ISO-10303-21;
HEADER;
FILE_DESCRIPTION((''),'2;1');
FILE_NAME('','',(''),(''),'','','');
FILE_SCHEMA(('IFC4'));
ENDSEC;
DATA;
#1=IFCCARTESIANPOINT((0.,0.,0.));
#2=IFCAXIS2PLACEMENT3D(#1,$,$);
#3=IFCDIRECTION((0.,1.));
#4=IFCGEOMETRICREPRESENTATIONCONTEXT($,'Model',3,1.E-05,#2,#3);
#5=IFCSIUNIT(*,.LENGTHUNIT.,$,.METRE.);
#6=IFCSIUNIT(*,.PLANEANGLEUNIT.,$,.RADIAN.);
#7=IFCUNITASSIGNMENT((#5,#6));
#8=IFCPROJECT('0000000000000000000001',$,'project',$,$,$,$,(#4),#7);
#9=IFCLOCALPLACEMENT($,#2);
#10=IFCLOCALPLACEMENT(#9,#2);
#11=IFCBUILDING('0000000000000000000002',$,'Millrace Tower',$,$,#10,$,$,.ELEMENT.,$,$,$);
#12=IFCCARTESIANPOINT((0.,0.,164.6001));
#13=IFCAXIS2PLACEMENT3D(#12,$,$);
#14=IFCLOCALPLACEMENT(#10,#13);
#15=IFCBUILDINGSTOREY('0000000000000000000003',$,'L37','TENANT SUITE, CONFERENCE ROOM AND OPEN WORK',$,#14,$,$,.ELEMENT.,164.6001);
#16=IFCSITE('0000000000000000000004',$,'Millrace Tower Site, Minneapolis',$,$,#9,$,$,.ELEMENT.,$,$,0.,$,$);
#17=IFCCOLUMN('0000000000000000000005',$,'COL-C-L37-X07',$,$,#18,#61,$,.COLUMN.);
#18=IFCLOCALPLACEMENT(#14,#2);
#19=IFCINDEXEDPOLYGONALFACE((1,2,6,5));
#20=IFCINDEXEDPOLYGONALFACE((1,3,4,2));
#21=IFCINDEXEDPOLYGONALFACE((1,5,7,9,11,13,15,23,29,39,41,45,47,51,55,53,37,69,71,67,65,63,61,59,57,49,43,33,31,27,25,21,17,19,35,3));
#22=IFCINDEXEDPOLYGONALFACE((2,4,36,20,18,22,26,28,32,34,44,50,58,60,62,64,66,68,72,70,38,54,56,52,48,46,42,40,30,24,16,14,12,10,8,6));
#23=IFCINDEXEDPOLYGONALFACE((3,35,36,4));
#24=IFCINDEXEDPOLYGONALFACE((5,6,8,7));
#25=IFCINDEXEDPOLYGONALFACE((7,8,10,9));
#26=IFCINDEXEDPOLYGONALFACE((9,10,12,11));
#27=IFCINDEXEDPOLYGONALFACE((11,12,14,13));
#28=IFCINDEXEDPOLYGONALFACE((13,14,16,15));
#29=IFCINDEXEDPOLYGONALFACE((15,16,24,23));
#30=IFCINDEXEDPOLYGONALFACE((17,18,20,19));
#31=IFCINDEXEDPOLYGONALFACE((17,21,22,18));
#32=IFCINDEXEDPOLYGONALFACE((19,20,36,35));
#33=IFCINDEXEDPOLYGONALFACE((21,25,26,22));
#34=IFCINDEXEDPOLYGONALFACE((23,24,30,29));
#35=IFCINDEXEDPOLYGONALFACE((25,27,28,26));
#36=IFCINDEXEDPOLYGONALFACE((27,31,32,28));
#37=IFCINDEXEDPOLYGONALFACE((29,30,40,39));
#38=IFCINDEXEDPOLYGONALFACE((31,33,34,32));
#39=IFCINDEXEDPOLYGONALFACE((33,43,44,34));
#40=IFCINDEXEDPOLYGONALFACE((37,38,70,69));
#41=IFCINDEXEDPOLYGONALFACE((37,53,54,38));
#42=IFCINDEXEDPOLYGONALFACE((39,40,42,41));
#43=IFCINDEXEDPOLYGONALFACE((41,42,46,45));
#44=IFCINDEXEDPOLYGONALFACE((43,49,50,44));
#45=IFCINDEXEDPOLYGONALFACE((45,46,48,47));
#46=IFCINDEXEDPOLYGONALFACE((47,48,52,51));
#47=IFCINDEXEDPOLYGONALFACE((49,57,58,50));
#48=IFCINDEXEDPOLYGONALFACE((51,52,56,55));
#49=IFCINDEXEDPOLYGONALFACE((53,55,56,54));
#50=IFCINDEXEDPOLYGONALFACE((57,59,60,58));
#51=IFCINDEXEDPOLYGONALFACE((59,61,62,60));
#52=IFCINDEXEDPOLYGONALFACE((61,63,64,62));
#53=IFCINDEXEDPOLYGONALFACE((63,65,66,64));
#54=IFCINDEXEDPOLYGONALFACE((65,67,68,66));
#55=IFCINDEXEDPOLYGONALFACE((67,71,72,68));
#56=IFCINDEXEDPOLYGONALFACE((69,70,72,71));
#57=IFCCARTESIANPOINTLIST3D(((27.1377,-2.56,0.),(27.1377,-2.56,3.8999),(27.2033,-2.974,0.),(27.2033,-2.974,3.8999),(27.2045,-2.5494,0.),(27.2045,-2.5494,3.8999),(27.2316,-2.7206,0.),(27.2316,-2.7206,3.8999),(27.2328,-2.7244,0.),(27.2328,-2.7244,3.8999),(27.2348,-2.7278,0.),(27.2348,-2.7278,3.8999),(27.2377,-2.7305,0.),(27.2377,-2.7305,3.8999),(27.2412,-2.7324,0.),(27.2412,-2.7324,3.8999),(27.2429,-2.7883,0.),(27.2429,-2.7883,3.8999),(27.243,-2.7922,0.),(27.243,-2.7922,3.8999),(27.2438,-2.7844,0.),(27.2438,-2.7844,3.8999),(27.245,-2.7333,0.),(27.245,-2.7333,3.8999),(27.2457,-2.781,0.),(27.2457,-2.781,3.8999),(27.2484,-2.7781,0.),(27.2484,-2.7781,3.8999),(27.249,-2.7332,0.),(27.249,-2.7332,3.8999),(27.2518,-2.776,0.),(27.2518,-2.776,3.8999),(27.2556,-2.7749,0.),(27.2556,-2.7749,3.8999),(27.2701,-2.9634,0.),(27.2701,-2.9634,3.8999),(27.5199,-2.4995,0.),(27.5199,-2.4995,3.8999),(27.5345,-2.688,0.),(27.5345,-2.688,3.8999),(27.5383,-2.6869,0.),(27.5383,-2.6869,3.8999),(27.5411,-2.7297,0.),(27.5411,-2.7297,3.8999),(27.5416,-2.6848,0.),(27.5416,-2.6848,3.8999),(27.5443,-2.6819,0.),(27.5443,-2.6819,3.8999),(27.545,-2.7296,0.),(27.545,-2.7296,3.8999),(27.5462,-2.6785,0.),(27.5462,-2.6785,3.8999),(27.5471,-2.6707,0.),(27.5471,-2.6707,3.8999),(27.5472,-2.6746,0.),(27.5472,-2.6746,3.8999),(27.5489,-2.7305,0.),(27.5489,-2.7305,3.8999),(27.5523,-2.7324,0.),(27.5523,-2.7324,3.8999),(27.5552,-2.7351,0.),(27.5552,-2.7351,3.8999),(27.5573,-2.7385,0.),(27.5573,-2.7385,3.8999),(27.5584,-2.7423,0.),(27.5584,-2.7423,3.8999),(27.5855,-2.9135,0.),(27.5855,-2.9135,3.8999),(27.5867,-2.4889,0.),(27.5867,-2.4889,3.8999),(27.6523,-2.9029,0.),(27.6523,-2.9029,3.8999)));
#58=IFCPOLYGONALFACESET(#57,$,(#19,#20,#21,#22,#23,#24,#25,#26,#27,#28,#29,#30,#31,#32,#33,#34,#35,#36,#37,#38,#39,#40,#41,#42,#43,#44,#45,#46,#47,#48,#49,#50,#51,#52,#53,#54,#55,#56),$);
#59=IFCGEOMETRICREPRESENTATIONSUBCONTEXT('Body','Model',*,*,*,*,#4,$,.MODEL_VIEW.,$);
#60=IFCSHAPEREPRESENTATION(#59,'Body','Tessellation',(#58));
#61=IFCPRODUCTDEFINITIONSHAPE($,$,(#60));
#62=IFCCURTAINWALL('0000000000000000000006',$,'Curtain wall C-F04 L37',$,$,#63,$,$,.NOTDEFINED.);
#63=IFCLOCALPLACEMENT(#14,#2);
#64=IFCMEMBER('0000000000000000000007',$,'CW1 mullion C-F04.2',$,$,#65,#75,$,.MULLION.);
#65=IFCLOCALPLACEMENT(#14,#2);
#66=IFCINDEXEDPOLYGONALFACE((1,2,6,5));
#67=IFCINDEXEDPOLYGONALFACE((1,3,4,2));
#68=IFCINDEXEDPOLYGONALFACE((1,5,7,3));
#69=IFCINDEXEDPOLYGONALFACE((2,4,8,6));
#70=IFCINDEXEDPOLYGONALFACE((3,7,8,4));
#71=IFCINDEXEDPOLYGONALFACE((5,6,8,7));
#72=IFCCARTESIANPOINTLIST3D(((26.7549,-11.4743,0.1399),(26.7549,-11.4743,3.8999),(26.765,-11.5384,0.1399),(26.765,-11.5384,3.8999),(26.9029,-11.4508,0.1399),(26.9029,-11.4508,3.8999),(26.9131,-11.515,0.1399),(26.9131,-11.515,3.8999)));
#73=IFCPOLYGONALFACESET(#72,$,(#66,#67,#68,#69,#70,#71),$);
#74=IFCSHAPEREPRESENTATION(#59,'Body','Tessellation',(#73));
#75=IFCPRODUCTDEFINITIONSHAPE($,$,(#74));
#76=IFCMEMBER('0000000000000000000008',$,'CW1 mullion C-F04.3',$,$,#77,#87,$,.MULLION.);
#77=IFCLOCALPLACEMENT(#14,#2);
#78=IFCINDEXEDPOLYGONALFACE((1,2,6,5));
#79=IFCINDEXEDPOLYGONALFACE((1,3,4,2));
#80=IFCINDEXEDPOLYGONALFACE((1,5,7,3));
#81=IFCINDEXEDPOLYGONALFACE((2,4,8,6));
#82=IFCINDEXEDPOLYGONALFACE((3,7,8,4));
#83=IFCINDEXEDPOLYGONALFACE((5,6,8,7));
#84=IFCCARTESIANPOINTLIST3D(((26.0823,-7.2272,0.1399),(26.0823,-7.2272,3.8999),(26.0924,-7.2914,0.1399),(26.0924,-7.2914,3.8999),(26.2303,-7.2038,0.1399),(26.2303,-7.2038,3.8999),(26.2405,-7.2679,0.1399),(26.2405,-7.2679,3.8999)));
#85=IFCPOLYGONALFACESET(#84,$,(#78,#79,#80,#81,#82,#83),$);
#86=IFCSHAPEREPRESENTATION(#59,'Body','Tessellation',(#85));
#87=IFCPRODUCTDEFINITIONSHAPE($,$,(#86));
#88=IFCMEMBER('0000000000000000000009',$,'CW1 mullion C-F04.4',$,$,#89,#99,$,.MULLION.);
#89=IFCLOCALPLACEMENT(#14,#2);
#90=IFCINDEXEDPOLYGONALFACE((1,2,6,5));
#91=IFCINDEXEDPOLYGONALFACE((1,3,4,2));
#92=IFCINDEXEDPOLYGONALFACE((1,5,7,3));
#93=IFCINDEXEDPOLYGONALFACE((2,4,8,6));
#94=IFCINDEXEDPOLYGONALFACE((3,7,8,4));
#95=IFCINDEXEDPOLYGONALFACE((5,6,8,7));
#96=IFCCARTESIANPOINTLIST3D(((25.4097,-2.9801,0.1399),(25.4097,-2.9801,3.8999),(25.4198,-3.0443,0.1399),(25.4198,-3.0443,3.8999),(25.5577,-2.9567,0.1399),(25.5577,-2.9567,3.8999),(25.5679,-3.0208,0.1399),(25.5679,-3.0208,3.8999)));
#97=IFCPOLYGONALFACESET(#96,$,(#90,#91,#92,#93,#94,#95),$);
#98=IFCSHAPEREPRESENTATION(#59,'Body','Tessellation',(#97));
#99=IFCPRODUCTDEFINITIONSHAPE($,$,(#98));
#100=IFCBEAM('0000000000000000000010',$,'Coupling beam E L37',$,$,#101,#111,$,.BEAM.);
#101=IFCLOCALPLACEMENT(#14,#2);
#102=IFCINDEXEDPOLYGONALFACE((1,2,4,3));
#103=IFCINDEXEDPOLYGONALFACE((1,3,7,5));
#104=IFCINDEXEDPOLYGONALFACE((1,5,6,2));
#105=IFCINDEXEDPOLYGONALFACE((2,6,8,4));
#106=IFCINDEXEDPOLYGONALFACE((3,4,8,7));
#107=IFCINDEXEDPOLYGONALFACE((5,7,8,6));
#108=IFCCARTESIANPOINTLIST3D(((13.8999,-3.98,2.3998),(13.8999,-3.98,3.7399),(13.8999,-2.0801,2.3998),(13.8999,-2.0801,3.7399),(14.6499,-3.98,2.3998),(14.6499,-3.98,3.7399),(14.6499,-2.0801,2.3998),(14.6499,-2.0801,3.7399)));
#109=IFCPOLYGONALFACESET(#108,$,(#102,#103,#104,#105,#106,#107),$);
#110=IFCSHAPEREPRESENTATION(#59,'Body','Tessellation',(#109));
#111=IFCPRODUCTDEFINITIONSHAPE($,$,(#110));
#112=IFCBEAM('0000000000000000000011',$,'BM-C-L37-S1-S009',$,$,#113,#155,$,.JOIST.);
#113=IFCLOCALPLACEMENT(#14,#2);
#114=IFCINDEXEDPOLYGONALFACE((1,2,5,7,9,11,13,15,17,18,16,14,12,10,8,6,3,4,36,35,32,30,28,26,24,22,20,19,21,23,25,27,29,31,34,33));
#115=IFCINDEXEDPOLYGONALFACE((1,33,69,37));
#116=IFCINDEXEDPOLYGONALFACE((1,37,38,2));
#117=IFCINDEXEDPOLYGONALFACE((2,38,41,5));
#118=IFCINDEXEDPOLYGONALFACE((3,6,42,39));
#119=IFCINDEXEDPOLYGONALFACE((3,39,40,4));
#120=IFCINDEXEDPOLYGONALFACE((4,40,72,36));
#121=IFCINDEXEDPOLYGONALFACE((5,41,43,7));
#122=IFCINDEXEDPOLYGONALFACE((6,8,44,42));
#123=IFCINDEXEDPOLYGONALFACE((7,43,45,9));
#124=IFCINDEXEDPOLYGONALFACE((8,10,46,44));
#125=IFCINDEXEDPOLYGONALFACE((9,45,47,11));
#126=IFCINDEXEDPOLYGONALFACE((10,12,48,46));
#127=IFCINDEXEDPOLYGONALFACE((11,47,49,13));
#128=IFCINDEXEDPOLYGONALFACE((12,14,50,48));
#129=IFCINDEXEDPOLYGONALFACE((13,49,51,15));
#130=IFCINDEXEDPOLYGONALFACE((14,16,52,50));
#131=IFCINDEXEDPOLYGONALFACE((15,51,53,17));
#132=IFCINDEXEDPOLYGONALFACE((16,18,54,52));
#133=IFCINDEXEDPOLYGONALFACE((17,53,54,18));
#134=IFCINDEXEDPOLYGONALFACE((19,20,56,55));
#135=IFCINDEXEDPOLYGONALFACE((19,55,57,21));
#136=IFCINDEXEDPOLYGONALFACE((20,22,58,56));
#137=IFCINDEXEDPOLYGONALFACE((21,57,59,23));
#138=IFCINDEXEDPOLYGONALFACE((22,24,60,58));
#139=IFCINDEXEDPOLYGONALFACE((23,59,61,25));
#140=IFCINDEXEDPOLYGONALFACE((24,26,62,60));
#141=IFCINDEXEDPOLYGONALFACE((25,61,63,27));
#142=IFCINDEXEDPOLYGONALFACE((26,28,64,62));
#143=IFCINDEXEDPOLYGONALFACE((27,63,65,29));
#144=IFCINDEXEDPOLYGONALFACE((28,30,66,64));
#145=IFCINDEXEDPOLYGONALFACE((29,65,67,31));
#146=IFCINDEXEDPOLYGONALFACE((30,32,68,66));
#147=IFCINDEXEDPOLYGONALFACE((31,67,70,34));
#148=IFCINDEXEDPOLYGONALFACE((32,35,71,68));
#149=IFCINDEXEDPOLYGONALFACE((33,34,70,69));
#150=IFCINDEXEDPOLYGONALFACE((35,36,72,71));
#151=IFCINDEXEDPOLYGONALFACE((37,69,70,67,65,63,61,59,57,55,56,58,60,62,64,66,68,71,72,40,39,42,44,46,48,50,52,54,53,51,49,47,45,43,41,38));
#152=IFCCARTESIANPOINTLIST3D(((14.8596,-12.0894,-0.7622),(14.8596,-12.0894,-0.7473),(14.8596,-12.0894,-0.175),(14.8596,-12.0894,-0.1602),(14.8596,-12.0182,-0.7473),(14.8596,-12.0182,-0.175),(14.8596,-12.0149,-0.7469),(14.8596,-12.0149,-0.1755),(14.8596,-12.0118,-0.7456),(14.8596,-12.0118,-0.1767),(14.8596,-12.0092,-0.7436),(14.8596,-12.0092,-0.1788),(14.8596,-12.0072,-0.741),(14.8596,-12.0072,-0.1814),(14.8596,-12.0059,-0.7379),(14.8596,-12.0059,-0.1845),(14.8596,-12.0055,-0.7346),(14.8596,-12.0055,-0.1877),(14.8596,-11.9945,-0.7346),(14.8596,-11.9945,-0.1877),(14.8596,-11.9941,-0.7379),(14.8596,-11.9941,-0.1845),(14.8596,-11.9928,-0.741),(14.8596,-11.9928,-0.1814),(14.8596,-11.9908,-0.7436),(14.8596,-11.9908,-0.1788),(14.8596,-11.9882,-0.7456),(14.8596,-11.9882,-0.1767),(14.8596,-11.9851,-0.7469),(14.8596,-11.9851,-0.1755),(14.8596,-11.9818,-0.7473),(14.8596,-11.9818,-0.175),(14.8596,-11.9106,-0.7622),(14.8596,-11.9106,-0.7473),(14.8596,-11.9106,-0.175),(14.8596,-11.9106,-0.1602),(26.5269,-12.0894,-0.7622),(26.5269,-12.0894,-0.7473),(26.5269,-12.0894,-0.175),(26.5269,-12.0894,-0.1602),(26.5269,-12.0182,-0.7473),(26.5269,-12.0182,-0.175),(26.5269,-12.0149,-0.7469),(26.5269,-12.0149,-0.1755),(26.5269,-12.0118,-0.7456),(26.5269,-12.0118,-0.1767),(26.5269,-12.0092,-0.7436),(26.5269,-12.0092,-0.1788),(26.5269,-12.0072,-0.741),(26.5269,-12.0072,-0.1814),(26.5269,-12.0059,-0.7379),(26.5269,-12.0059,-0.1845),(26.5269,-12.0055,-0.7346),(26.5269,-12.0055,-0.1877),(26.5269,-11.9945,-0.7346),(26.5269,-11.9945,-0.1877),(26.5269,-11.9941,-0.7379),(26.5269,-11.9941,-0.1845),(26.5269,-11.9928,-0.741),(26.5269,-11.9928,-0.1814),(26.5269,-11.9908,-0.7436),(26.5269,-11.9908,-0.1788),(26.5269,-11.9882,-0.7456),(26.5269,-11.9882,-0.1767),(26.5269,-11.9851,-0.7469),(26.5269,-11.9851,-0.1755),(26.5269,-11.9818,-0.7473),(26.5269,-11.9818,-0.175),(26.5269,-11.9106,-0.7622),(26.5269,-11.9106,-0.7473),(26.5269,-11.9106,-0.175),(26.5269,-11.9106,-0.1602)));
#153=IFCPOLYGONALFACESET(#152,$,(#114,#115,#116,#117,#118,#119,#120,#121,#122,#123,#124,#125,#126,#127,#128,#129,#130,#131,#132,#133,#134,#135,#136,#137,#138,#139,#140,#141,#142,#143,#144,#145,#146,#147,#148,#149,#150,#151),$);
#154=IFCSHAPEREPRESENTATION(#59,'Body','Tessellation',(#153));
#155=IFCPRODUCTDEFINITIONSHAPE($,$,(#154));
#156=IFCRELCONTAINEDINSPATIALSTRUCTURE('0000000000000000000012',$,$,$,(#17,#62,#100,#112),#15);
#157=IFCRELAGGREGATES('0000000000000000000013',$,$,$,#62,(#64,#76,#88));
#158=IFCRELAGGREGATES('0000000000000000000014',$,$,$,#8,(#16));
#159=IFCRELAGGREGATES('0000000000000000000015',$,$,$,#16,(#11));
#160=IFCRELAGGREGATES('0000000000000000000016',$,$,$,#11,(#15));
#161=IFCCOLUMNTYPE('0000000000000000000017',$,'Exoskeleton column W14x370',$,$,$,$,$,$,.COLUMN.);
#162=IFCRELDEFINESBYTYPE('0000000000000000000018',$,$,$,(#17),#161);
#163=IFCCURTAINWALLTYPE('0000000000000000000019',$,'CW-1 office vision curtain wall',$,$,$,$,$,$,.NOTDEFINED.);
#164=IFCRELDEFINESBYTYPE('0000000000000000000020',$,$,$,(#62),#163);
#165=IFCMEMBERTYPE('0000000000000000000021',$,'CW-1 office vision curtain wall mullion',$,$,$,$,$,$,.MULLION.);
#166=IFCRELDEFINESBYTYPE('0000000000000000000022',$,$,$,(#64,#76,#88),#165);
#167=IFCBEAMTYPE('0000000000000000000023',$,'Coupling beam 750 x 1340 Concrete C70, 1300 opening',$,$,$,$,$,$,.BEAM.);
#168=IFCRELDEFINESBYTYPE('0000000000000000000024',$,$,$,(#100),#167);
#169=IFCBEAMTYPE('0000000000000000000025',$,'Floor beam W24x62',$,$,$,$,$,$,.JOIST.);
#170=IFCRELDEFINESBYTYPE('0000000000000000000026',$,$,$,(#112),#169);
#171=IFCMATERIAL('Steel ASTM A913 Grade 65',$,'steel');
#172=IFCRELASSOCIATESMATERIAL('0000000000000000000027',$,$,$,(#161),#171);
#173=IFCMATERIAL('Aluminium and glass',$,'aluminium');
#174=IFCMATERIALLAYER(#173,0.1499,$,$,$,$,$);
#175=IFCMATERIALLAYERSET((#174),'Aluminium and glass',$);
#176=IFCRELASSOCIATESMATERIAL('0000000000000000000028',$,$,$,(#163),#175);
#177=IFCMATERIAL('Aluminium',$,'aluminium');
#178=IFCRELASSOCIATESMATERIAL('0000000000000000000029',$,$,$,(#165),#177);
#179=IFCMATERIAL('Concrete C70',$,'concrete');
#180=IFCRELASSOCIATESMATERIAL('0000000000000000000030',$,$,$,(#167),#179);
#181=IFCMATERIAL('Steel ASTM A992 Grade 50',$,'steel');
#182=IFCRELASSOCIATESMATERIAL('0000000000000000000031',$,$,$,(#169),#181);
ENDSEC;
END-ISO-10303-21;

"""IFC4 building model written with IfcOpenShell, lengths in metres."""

from ifc_helpers import new_model, si_unit, direction, frame, origin, origin_2d, place, context, subcontext, project, spatial, rectangle, i_section, extrude, material, layer, layer_set, material_profile, profile_set, type_object, element, aggregate, save


model = new_model("IFC4")

# Units and contexts
model_context = context("Model", 3, precision=1e-05, world=origin(), true_north=direction((0.0, 1.0)))
body_context = subcontext(model_context, "Body", "Model", "MODEL_VIEW")
ifc_project = project(units=[si_unit("LENGTHUNIT", "METRE"), si_unit("PLANEANGLEUNIT", "RADIAN")], contexts=[model_context])

# Site, building, storey
site_placement = place(None, origin())
site = spatial("IfcSite", under=ifc_project, at=site_placement, Name="Millrace Tower Site, Minneapolis", CompositionType="ELEMENT", RefElevation=0.0)
building_placement = place(site_placement, origin())
building = spatial("IfcBuilding", under=site, at=building_placement, Name="Millrace Tower", CompositionType="ELEMENT")
storey_placement = place(building_placement, frame((0.0, 0.0, 164.6001)))
storey = spatial("IfcBuildingStorey", under=building, at=storey_placement, Name="L37", Description="TENANT SUITE, CONFERENCE ROOM AND OPEN WORK", CompositionType="ELEMENT", Elevation=164.6001)

# Column
ifc_material_1 = material(Name="Steel ASTM A913 Grade 65", Category="steel")
ifc_material_profile_1 = material_profile(ifc_material_1, i_section(OverallWidth=0.4192, OverallDepth=0.4546, WebThickness=0.0422, FlangeThickness=0.0676, FilletRadius=0.0151, at=origin_2d()))
ifc_profile_set_1 = profile_set([ifc_material_profile_1], Name="Steel ASTM A913 Grade 65")
column_type = type_object("IfcColumnType", Name="Exoskeleton column W14x370", PredefinedType="COLUMN", material=ifc_profile_set_1)
column_placement = place(storey_placement, frame((27.395, -2.7314, 0.0), z_axis=(0.0, 0.0, 1.0), x_axis=(-0.156434, 0.987688, 0.0)))
element("IfcColumn", 1, at=column_placement, inside=storey, type_object=column_type, Name="COL-C-L37-X07", PredefinedType="COLUMN", context=body_context, shape_type="SweptSolid", body=[
    extrude(i_section(OverallWidth=0.4192, OverallDepth=0.4546, WebThickness=0.0422, FlangeThickness=0.0676, FilletRadius=0.0151, at=origin_2d()), origin(), (0.0, 0.0, 1.0), 3.8999),
])

# Curtain wall, members
ifc_material_2 = material(Name="Aluminium and glass", Category="aluminium")
ifc_layer_1 = layer(ifc_material_2, 0.1499)
ifc_layer_set_1 = layer_set([ifc_layer_1], Name="Aluminium and glass")
curtain_wall_type = type_object("IfcCurtainWallType", Name="CW-1 office vision curtain wall", PredefinedType="NOTDEFINED", material=ifc_layer_set_1)
placement = place(storey_placement, origin())
curtain_wall = element("IfcCurtainWall", 2, at=placement, inside=storey, type_object=curtain_wall_type, Name="Curtain wall C-F04 L37", PredefinedType="NOTDEFINED")
ifc_material_3 = material(Name="Aluminium", Category="aluminium")
ifc_material_profile_2 = material_profile(ifc_material_3, rectangle(XDim=0.0649, YDim=0.1499, at=origin_2d()))
ifc_profile_set_2 = profile_set([ifc_material_profile_2], Name="Aluminium")
member_type = type_object("IfcMemberType", Name="CW-1 office vision curtain wall mullion", PredefinedType="MULLION", material=ifc_profile_set_2)
member_1_placement = place(storey_placement, frame((26.834, -11.4946, 0.1399), z_axis=(0.0, 0.0, 1.0), x_axis=(-0.156434, 0.987688, 0.0)))
member_1 = element("IfcMember", 3, at=member_1_placement, type_object=member_type, Name="CW1 mullion C-F04.2", PredefinedType="MULLION", context=body_context, shape_type="SweptSolid", body=[
    extrude(rectangle(XDim=0.0649, YDim=0.1499, at=origin_2d()), origin(), (0.0, 0.0, 1.0), 3.76),
])
member_2_placement = place(storey_placement, frame((26.1614, -7.2476, 0.1399), z_axis=(0.0, 0.0, 1.0), x_axis=(-0.156434, 0.987688, 0.0)))
member_2 = element("IfcMember", 4, at=member_2_placement, type_object=member_type, Name="CW1 mullion C-F04.3", PredefinedType="MULLION", context=body_context, shape_type="SweptSolid", body=[
    extrude(rectangle(XDim=0.0649, YDim=0.1499, at=origin_2d()), origin(), (0.0, 0.0, 1.0), 3.76),
])
member_3_placement = place(storey_placement, frame((25.4888, -3.0005, 0.1399), z_axis=(0.0, 0.0, 1.0), x_axis=(-0.156434, 0.987688, 0.0)))
member_3 = element("IfcMember", 5, at=member_3_placement, type_object=member_type, Name="CW1 mullion C-F04.4", PredefinedType="MULLION", context=body_context, shape_type="SweptSolid", body=[
    extrude(rectangle(XDim=0.0649, YDim=0.1499, at=origin_2d()), origin(), (0.0, 0.0, 1.0), 3.76),
])
aggregate(curtain_wall, [member_1, member_2, member_3])

# Beams
ifc_material_4 = material(Name="Concrete C70", Category="concrete")
ifc_material_profile_3 = material_profile(ifc_material_4, rectangle(XDim=0.75, YDim=1.3401, at=origin_2d()))
ifc_profile_set_3 = profile_set([ifc_material_profile_3], Name="Concrete C70")
beam_type_1 = type_object("IfcBeamType", Name="Coupling beam 750 x 1340 Concrete C70, 1300 opening", PredefinedType="BEAM", material=ifc_profile_set_3)
beam_1_placement = place(storey_placement, frame((14.2749, -2.0801, 3.0698), z_axis=(0.0, -1.0, 0.0), x_axis=(1.0, 0.0, 0.0)))
element("IfcBeam", 6, at=beam_1_placement, inside=storey, type_object=beam_type_1, Name="Coupling beam E L37", PredefinedType="BEAM", context=body_context, shape_type="SweptSolid", body=[
    extrude(rectangle(XDim=0.75, YDim=1.3401, at=origin_2d()), origin(), (0.0, 0.0, 1.0), 1.8999),
])
ifc_material_5 = material(Name="Steel ASTM A992 Grade 50", Category="steel")
ifc_material_profile_4 = material_profile(ifc_material_5, i_section(OverallWidth=0.1787, OverallDepth=0.6021, WebThickness=0.011, FlangeThickness=0.0149, FilletRadius=0.0127, at=origin_2d()))
ifc_profile_set_4 = profile_set([ifc_material_profile_4], Name="Steel ASTM A992 Grade 50")
beam_type_2 = type_object("IfcBeamType", Name="Floor beam W24x62", PredefinedType="JOIST", material=ifc_profile_set_4)
beam_2_placement = place(storey_placement, frame((14.8596, -12.0, -0.4612), z_axis=(1.0, 0.0, 0.0), x_axis=(0.0, 1.0, 0.0)))
element("IfcBeam", 7, at=beam_2_placement, inside=storey, type_object=beam_type_2, Name="BM-C-L37-S1-S009", PredefinedType="JOIST", context=body_context, shape_type="SweptSolid", body=[
    extrude(i_section(OverallWidth=0.1787, OverallDepth=0.6021, WebThickness=0.011, FlangeThickness=0.0149, FilletRadius=0.0127, at=origin_2d()), origin(), (0.0, 0.0, 1.0), 11.6672),
])

save(model, "model.ifc")
